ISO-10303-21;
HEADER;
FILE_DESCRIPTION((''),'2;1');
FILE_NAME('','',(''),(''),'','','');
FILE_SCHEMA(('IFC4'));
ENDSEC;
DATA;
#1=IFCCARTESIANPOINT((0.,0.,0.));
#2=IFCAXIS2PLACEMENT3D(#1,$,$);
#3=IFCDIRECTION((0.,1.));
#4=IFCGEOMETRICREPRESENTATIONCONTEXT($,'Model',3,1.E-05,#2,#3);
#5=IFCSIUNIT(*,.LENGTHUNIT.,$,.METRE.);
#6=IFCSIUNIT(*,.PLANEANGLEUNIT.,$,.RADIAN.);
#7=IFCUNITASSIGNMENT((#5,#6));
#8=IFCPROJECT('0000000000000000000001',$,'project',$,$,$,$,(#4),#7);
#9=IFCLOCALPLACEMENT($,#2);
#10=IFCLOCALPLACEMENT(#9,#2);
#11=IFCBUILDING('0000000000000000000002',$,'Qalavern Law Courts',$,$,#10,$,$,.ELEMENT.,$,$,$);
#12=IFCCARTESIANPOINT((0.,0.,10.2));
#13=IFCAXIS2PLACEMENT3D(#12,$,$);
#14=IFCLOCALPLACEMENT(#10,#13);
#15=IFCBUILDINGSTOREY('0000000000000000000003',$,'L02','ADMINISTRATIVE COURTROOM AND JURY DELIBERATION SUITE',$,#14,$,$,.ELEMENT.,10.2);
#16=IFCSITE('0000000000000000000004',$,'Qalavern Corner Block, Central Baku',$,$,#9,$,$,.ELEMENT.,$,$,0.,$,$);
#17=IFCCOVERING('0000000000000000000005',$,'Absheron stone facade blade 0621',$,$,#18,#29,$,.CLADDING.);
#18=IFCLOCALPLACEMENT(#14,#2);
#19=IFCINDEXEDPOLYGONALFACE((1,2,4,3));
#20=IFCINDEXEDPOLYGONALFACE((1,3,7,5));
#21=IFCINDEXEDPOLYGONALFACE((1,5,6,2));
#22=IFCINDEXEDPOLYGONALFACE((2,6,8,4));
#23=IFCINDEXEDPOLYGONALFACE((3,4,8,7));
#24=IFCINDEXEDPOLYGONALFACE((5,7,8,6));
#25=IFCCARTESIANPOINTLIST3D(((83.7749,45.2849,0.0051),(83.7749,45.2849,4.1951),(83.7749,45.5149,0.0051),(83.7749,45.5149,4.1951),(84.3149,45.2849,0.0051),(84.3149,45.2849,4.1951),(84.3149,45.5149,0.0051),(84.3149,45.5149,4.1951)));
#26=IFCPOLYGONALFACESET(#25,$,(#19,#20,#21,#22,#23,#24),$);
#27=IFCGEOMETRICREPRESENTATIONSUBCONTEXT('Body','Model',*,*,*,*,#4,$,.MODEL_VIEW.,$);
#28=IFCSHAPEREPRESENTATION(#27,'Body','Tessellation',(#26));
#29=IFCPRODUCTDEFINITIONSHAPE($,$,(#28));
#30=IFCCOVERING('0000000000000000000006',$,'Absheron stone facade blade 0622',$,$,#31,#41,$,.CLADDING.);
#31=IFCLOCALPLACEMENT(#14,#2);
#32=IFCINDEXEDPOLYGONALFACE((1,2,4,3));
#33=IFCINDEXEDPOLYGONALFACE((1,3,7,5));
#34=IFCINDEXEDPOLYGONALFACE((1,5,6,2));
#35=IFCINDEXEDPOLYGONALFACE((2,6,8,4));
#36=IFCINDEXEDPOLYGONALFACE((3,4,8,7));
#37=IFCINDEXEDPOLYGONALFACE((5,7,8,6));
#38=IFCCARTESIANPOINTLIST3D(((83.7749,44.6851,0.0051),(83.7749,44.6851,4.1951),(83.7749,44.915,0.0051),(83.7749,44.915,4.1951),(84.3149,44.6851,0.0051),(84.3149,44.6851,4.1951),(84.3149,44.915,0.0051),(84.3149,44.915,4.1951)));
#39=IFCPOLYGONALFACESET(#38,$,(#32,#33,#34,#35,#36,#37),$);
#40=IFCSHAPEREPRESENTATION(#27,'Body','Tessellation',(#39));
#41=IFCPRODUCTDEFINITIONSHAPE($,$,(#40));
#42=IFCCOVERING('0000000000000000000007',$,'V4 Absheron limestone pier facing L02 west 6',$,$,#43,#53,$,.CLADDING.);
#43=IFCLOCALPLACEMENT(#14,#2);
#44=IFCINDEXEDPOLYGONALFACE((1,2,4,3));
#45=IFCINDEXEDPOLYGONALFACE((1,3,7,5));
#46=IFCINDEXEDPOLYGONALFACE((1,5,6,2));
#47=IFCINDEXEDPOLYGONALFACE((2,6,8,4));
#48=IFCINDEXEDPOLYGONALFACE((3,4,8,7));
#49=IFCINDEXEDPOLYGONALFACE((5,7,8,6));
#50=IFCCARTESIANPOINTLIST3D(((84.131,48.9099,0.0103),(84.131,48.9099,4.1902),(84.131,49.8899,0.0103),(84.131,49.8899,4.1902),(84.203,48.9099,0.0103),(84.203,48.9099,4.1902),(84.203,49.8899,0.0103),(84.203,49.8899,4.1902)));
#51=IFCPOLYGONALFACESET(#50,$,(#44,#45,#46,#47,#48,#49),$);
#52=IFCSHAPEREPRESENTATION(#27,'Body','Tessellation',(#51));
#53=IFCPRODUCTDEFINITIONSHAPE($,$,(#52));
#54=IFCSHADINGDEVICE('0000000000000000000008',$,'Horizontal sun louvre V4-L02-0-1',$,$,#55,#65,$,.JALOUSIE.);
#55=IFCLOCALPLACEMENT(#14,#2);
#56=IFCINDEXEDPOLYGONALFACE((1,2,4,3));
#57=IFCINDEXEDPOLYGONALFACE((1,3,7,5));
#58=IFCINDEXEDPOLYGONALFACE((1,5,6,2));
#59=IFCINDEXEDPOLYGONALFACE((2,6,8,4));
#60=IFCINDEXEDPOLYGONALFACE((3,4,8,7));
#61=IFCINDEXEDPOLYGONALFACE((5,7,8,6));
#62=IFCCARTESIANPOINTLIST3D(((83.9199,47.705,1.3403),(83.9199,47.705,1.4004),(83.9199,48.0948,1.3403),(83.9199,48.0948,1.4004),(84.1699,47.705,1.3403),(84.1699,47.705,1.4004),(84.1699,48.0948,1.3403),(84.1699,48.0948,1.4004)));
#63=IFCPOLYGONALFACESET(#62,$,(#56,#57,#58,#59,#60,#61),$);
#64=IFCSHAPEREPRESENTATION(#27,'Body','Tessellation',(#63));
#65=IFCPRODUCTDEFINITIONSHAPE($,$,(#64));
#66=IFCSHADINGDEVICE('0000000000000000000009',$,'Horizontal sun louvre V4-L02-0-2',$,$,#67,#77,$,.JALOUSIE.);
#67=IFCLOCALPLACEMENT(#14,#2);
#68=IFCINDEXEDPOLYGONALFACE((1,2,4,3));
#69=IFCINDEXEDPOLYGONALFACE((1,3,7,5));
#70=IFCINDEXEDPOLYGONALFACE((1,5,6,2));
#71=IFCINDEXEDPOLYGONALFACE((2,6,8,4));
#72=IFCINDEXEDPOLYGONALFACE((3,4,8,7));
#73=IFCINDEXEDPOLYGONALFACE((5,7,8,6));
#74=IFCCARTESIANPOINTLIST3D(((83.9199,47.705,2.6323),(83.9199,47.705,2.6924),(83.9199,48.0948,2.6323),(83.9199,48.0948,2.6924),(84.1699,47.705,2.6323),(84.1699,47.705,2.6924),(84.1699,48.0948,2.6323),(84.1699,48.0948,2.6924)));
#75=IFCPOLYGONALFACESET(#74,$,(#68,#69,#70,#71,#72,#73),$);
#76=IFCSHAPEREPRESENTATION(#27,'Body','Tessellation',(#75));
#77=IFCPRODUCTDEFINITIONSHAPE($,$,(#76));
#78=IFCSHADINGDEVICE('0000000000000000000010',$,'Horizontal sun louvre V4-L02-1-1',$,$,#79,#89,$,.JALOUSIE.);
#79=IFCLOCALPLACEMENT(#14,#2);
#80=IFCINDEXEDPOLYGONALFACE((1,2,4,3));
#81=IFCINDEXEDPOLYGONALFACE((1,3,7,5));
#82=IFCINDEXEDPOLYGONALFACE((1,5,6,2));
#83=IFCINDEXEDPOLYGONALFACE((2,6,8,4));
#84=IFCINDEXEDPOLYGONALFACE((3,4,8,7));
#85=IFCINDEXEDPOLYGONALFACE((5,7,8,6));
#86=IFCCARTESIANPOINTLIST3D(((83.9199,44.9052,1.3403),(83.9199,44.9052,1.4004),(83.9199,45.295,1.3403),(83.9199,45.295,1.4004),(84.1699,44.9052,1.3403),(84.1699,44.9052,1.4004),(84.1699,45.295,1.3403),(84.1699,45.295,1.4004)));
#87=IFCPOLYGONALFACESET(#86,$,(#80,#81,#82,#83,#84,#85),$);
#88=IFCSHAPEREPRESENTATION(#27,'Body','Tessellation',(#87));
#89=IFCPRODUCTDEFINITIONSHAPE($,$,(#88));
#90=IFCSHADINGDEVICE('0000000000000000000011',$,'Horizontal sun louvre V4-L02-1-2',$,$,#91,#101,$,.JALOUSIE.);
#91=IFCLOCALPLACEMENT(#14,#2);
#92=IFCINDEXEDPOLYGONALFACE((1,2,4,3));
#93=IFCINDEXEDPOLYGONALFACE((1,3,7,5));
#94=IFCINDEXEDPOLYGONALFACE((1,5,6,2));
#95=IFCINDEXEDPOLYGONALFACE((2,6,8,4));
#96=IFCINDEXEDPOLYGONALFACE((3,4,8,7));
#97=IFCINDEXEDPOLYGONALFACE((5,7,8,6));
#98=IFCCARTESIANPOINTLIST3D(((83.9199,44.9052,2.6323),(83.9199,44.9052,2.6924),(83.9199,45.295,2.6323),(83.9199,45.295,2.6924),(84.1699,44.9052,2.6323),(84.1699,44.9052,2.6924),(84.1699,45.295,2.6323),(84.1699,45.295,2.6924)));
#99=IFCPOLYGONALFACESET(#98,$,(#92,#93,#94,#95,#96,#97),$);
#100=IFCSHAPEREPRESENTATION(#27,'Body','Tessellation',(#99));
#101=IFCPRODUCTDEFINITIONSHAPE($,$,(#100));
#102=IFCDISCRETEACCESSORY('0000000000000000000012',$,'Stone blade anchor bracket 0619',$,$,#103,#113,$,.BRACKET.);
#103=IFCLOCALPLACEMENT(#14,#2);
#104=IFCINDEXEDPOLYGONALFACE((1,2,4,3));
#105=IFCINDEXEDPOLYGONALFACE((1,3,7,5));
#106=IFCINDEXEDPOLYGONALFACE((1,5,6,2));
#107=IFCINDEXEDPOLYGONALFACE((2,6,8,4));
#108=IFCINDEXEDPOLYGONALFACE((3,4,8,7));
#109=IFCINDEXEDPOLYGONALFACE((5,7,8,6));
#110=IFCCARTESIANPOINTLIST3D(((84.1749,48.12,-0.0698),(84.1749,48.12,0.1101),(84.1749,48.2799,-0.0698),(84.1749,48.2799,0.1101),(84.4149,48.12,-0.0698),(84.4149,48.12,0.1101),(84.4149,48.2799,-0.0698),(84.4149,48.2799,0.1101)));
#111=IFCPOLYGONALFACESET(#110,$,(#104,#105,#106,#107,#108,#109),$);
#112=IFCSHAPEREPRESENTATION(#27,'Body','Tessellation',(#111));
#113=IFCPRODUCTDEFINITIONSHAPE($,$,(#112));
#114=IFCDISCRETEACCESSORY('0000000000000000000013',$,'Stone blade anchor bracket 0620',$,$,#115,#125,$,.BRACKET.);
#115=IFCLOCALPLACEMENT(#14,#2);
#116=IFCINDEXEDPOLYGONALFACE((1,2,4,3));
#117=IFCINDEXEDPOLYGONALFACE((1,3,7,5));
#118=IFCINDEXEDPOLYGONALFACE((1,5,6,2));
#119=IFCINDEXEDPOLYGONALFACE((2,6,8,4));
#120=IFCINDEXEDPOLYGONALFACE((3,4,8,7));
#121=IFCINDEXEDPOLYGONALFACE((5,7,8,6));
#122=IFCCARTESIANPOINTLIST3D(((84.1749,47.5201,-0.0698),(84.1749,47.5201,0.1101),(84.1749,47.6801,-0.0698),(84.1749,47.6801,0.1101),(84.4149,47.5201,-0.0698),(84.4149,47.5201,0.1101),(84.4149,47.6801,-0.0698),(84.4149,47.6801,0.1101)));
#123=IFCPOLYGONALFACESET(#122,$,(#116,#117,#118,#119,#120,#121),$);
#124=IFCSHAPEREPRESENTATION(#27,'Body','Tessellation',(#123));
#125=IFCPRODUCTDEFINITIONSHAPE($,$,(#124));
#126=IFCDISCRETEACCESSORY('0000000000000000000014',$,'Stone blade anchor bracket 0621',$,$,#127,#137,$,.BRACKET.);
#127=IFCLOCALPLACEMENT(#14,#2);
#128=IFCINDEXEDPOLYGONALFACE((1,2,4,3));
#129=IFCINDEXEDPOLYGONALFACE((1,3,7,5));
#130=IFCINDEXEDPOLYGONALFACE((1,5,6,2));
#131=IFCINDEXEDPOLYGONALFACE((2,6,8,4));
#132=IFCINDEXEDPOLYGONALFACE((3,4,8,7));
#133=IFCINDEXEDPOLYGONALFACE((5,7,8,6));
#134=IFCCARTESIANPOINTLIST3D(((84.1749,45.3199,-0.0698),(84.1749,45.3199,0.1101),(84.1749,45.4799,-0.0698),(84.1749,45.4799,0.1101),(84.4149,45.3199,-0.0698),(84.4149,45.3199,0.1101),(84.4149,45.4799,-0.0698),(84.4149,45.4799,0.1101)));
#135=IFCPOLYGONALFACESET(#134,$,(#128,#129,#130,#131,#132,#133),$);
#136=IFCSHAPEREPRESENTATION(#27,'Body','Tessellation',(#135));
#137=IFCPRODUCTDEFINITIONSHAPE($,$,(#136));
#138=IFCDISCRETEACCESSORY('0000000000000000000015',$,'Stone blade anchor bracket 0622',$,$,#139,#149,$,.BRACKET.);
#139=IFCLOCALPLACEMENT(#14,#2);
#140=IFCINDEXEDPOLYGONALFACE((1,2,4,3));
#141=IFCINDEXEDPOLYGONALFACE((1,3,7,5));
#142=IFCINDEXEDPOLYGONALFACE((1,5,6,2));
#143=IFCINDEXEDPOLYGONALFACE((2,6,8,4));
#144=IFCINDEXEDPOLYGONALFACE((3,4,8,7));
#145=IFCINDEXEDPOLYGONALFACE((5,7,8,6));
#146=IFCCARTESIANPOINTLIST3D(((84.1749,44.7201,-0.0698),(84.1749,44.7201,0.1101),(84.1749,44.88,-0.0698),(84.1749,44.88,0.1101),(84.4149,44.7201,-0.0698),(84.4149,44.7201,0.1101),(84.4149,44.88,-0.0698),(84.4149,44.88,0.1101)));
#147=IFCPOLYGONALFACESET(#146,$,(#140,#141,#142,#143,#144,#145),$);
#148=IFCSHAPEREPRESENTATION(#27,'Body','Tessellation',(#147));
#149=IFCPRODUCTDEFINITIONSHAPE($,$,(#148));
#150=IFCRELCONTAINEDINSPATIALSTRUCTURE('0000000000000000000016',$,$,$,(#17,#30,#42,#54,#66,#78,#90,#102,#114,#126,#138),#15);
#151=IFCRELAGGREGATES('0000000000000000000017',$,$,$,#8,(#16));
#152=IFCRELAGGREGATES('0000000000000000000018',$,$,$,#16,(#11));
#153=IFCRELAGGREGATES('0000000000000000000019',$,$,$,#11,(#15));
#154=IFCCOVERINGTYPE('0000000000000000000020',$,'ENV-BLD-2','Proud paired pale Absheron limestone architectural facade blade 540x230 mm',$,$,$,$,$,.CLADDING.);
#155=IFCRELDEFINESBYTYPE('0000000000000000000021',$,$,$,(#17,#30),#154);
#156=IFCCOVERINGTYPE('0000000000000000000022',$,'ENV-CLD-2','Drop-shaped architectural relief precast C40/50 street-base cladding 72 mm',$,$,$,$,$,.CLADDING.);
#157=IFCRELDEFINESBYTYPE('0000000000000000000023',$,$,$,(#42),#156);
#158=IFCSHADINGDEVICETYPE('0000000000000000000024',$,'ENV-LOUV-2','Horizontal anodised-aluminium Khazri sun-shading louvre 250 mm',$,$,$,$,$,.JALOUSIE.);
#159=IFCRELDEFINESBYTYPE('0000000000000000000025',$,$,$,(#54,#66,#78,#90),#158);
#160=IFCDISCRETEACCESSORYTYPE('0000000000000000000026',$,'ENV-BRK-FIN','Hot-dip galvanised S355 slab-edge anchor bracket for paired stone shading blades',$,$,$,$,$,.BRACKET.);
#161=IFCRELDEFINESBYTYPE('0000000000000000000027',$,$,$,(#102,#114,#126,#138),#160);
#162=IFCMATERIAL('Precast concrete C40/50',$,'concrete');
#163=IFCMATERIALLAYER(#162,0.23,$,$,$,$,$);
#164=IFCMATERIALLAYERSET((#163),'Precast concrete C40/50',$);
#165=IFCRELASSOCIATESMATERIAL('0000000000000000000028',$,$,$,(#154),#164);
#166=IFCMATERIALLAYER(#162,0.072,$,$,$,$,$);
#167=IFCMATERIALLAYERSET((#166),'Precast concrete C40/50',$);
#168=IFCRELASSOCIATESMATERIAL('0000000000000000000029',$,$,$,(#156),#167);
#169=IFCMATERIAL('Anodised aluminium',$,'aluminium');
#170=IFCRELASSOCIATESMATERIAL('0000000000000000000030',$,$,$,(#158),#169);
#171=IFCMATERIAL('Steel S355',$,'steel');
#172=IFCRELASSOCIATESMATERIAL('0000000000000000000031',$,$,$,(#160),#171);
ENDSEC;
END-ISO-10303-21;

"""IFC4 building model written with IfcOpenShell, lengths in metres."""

from ifc_helpers import new_model, si_unit, direction, frame, origin, origin_2d, place, context, subcontext, project, spatial, rectangle, extrude, material, layer, layer_set, type_object, element, save


model = new_model("IFC4")

# Units and contexts
model_context = context("Model", 3, precision=1e-05, world=origin(), true_north=direction((0.0, 1.0)))
body_context = subcontext(model_context, "Body", "Model", "MODEL_VIEW")
ifc_project = project(units=[si_unit("LENGTHUNIT", "METRE"), si_unit("PLANEANGLEUNIT", "RADIAN")], contexts=[model_context])

# Site, building, storey
site_placement = place(None, origin())
site = spatial("IfcSite", under=ifc_project, at=site_placement, Name="Qalavern Corner Block, Central Baku", CompositionType="ELEMENT", RefElevation=0.0)
building_placement = place(site_placement, origin())
building = spatial("IfcBuilding", under=site, at=building_placement, Name="Qalavern Law Courts", CompositionType="ELEMENT")
storey_placement = place(building_placement, frame((0.0, 0.0, 10.2)))
storey = spatial("IfcBuildingStorey", under=building, at=storey_placement, Name="L02", Description="ADMINISTRATIVE COURTROOM AND JURY DELIBERATION SUITE", CompositionType="ELEMENT", Elevation=10.2)

# Shared definitions
ifc_material_1 = material(Name="Anodised aluminium", Category="aluminium")

# Coverings
ifc_material_2 = material(Name="Precast concrete C40/50", Category="concrete")
ifc_layer_1 = layer(ifc_material_2, 0.23)
ifc_layer_set_1 = layer_set([ifc_layer_1], Name="Precast concrete C40/50")
covering_type_1 = type_object("IfcCoveringType", Name="ENV-BLD-2", Description="Proud paired pale Absheron limestone architectural facade blade 540x230 mm", PredefinedType="CLADDING", material=ifc_layer_set_1)
for number, where, z_axis, x_axis, name in (
    (1, (84.0449, 45.3999, 0.0051), (0.0, 0.0, 1.0), (-1.0, 0.0, 0.0), "Absheron stone facade blade 0621"),
    (2, (84.0449, 44.8, 0.0051), (0.0, 0.0, 1.0), (-1.0, 0.0, 0.0), "Absheron stone facade blade 0622"),
):
    element("IfcCovering", number, at=place(storey_placement, frame(where, z_axis=z_axis, x_axis=x_axis)), inside=storey, type_object=covering_type_1, Name=name, PredefinedType="CLADDING", context=body_context, shape_type="SweptSolid", body=[
        extrude(rectangle(XDim=0.54, YDim=0.23, at=origin_2d()), origin(), (0.0, 0.0, 1.0), 4.1899),
    ])
ifc_layer_2 = layer(ifc_material_2, 0.072)
ifc_layer_set_2 = layer_set([ifc_layer_2], Name="Precast concrete C40/50")
covering_type_2 = type_object("IfcCoveringType", Name="ENV-CLD-2", Description="Drop-shaped architectural relief precast C40/50 street-base cladding 72 mm", PredefinedType="CLADDING", material=ifc_layer_set_2)
covering_placement = place(storey_placement, frame((84.167, 49.3999, 0.0103), z_axis=(0.0, 0.0, 1.0), x_axis=(0.0, -1.0, 0.0)))
element("IfcCovering", 3, at=covering_placement, inside=storey, type_object=covering_type_2, Name="V4 Absheron limestone pier facing L02 west 6", PredefinedType="CLADDING", context=body_context, shape_type="SweptSolid", body=[
    extrude(rectangle(XDim=0.98, YDim=0.072, at=origin_2d()), origin(), (0.0, 0.0, 1.0), 4.1799),
])

# Shading devices
shading_device_type = type_object("IfcShadingDeviceType", Name="ENV-LOUV-2", Description="Horizontal anodised-aluminium Khazri sun-shading louvre 250 mm", PredefinedType="JALOUSIE", material=ifc_material_1)
for number, where, z_axis, x_axis, name in (
    (4, (84.0449, 47.8999, 1.3403), (0.0, 0.0, 1.0), (0.0, -1.0, 0.0), "Horizontal sun louvre V4-L02-0-1"),
    (5, (84.0449, 47.8999, 2.6323), (0.0, 0.0, 1.0), (0.0, -1.0, 0.0), "Horizontal sun louvre V4-L02-0-2"),
    (6, (84.0449, 45.1001, 1.3403), (0.0, 0.0, 1.0), (0.0, -1.0, 0.0), "Horizontal sun louvre V4-L02-1-1"),
    (7, (84.0449, 45.1001, 2.6323), (0.0, 0.0, 1.0), (0.0, -1.0, 0.0), "Horizontal sun louvre V4-L02-1-2"),
):
    element("IfcShadingDevice", number, at=place(storey_placement, frame(where, z_axis=z_axis, x_axis=x_axis)), inside=storey, type_object=shading_device_type, Name=name, PredefinedType="JALOUSIE", context=body_context, shape_type="SweptSolid", body=[
        extrude(rectangle(XDim=0.3899, YDim=0.25, at=origin_2d()), origin(), (0.0, 0.0, 1.0), 0.0601),
    ])

# Discrete accessories
ifc_material_3 = material(Name="Steel S355", Category="steel")
discrete_accessory_type = type_object("IfcDiscreteAccessoryType", Name="ENV-BRK-FIN", Description="Hot-dip galvanised S355 slab-edge anchor bracket for paired stone shading blades", PredefinedType="BRACKET", material=ifc_material_3)
for number, where, z_axis, x_axis, name in (
    (8, (84.2949, 48.2, -0.0698), (0.0, 0.0, 1.0), (-1.0, 0.0, 0.0), "Stone blade anchor bracket 0619"),
    (9, (84.2949, 47.6001, -0.0698), (0.0, 0.0, 1.0), (-1.0, 0.0, 0.0), "Stone blade anchor bracket 0620"),
    (10, (84.2949, 45.3999, -0.0698), (0.0, 0.0, 1.0), (-1.0, 0.0, 0.0), "Stone blade anchor bracket 0621"),
    (11, (84.2949, 44.8, -0.0698), (0.0, 0.0, 1.0), (-1.0, 0.0, 0.0), "Stone blade anchor bracket 0622"),
):
    element("IfcDiscreteAccessory", number, at=place(storey_placement, frame(where, z_axis=z_axis, x_axis=x_axis)), inside=storey, type_object=discrete_accessory_type, Name=name, PredefinedType="BRACKET", context=body_context, shape_type="SweptSolid", body=[
        extrude(rectangle(XDim=0.24, YDim=0.1599, at=origin_2d()), origin(), (0.0, 0.0, 1.0), 0.1799),
    ])

save(model, "model.ifc")
